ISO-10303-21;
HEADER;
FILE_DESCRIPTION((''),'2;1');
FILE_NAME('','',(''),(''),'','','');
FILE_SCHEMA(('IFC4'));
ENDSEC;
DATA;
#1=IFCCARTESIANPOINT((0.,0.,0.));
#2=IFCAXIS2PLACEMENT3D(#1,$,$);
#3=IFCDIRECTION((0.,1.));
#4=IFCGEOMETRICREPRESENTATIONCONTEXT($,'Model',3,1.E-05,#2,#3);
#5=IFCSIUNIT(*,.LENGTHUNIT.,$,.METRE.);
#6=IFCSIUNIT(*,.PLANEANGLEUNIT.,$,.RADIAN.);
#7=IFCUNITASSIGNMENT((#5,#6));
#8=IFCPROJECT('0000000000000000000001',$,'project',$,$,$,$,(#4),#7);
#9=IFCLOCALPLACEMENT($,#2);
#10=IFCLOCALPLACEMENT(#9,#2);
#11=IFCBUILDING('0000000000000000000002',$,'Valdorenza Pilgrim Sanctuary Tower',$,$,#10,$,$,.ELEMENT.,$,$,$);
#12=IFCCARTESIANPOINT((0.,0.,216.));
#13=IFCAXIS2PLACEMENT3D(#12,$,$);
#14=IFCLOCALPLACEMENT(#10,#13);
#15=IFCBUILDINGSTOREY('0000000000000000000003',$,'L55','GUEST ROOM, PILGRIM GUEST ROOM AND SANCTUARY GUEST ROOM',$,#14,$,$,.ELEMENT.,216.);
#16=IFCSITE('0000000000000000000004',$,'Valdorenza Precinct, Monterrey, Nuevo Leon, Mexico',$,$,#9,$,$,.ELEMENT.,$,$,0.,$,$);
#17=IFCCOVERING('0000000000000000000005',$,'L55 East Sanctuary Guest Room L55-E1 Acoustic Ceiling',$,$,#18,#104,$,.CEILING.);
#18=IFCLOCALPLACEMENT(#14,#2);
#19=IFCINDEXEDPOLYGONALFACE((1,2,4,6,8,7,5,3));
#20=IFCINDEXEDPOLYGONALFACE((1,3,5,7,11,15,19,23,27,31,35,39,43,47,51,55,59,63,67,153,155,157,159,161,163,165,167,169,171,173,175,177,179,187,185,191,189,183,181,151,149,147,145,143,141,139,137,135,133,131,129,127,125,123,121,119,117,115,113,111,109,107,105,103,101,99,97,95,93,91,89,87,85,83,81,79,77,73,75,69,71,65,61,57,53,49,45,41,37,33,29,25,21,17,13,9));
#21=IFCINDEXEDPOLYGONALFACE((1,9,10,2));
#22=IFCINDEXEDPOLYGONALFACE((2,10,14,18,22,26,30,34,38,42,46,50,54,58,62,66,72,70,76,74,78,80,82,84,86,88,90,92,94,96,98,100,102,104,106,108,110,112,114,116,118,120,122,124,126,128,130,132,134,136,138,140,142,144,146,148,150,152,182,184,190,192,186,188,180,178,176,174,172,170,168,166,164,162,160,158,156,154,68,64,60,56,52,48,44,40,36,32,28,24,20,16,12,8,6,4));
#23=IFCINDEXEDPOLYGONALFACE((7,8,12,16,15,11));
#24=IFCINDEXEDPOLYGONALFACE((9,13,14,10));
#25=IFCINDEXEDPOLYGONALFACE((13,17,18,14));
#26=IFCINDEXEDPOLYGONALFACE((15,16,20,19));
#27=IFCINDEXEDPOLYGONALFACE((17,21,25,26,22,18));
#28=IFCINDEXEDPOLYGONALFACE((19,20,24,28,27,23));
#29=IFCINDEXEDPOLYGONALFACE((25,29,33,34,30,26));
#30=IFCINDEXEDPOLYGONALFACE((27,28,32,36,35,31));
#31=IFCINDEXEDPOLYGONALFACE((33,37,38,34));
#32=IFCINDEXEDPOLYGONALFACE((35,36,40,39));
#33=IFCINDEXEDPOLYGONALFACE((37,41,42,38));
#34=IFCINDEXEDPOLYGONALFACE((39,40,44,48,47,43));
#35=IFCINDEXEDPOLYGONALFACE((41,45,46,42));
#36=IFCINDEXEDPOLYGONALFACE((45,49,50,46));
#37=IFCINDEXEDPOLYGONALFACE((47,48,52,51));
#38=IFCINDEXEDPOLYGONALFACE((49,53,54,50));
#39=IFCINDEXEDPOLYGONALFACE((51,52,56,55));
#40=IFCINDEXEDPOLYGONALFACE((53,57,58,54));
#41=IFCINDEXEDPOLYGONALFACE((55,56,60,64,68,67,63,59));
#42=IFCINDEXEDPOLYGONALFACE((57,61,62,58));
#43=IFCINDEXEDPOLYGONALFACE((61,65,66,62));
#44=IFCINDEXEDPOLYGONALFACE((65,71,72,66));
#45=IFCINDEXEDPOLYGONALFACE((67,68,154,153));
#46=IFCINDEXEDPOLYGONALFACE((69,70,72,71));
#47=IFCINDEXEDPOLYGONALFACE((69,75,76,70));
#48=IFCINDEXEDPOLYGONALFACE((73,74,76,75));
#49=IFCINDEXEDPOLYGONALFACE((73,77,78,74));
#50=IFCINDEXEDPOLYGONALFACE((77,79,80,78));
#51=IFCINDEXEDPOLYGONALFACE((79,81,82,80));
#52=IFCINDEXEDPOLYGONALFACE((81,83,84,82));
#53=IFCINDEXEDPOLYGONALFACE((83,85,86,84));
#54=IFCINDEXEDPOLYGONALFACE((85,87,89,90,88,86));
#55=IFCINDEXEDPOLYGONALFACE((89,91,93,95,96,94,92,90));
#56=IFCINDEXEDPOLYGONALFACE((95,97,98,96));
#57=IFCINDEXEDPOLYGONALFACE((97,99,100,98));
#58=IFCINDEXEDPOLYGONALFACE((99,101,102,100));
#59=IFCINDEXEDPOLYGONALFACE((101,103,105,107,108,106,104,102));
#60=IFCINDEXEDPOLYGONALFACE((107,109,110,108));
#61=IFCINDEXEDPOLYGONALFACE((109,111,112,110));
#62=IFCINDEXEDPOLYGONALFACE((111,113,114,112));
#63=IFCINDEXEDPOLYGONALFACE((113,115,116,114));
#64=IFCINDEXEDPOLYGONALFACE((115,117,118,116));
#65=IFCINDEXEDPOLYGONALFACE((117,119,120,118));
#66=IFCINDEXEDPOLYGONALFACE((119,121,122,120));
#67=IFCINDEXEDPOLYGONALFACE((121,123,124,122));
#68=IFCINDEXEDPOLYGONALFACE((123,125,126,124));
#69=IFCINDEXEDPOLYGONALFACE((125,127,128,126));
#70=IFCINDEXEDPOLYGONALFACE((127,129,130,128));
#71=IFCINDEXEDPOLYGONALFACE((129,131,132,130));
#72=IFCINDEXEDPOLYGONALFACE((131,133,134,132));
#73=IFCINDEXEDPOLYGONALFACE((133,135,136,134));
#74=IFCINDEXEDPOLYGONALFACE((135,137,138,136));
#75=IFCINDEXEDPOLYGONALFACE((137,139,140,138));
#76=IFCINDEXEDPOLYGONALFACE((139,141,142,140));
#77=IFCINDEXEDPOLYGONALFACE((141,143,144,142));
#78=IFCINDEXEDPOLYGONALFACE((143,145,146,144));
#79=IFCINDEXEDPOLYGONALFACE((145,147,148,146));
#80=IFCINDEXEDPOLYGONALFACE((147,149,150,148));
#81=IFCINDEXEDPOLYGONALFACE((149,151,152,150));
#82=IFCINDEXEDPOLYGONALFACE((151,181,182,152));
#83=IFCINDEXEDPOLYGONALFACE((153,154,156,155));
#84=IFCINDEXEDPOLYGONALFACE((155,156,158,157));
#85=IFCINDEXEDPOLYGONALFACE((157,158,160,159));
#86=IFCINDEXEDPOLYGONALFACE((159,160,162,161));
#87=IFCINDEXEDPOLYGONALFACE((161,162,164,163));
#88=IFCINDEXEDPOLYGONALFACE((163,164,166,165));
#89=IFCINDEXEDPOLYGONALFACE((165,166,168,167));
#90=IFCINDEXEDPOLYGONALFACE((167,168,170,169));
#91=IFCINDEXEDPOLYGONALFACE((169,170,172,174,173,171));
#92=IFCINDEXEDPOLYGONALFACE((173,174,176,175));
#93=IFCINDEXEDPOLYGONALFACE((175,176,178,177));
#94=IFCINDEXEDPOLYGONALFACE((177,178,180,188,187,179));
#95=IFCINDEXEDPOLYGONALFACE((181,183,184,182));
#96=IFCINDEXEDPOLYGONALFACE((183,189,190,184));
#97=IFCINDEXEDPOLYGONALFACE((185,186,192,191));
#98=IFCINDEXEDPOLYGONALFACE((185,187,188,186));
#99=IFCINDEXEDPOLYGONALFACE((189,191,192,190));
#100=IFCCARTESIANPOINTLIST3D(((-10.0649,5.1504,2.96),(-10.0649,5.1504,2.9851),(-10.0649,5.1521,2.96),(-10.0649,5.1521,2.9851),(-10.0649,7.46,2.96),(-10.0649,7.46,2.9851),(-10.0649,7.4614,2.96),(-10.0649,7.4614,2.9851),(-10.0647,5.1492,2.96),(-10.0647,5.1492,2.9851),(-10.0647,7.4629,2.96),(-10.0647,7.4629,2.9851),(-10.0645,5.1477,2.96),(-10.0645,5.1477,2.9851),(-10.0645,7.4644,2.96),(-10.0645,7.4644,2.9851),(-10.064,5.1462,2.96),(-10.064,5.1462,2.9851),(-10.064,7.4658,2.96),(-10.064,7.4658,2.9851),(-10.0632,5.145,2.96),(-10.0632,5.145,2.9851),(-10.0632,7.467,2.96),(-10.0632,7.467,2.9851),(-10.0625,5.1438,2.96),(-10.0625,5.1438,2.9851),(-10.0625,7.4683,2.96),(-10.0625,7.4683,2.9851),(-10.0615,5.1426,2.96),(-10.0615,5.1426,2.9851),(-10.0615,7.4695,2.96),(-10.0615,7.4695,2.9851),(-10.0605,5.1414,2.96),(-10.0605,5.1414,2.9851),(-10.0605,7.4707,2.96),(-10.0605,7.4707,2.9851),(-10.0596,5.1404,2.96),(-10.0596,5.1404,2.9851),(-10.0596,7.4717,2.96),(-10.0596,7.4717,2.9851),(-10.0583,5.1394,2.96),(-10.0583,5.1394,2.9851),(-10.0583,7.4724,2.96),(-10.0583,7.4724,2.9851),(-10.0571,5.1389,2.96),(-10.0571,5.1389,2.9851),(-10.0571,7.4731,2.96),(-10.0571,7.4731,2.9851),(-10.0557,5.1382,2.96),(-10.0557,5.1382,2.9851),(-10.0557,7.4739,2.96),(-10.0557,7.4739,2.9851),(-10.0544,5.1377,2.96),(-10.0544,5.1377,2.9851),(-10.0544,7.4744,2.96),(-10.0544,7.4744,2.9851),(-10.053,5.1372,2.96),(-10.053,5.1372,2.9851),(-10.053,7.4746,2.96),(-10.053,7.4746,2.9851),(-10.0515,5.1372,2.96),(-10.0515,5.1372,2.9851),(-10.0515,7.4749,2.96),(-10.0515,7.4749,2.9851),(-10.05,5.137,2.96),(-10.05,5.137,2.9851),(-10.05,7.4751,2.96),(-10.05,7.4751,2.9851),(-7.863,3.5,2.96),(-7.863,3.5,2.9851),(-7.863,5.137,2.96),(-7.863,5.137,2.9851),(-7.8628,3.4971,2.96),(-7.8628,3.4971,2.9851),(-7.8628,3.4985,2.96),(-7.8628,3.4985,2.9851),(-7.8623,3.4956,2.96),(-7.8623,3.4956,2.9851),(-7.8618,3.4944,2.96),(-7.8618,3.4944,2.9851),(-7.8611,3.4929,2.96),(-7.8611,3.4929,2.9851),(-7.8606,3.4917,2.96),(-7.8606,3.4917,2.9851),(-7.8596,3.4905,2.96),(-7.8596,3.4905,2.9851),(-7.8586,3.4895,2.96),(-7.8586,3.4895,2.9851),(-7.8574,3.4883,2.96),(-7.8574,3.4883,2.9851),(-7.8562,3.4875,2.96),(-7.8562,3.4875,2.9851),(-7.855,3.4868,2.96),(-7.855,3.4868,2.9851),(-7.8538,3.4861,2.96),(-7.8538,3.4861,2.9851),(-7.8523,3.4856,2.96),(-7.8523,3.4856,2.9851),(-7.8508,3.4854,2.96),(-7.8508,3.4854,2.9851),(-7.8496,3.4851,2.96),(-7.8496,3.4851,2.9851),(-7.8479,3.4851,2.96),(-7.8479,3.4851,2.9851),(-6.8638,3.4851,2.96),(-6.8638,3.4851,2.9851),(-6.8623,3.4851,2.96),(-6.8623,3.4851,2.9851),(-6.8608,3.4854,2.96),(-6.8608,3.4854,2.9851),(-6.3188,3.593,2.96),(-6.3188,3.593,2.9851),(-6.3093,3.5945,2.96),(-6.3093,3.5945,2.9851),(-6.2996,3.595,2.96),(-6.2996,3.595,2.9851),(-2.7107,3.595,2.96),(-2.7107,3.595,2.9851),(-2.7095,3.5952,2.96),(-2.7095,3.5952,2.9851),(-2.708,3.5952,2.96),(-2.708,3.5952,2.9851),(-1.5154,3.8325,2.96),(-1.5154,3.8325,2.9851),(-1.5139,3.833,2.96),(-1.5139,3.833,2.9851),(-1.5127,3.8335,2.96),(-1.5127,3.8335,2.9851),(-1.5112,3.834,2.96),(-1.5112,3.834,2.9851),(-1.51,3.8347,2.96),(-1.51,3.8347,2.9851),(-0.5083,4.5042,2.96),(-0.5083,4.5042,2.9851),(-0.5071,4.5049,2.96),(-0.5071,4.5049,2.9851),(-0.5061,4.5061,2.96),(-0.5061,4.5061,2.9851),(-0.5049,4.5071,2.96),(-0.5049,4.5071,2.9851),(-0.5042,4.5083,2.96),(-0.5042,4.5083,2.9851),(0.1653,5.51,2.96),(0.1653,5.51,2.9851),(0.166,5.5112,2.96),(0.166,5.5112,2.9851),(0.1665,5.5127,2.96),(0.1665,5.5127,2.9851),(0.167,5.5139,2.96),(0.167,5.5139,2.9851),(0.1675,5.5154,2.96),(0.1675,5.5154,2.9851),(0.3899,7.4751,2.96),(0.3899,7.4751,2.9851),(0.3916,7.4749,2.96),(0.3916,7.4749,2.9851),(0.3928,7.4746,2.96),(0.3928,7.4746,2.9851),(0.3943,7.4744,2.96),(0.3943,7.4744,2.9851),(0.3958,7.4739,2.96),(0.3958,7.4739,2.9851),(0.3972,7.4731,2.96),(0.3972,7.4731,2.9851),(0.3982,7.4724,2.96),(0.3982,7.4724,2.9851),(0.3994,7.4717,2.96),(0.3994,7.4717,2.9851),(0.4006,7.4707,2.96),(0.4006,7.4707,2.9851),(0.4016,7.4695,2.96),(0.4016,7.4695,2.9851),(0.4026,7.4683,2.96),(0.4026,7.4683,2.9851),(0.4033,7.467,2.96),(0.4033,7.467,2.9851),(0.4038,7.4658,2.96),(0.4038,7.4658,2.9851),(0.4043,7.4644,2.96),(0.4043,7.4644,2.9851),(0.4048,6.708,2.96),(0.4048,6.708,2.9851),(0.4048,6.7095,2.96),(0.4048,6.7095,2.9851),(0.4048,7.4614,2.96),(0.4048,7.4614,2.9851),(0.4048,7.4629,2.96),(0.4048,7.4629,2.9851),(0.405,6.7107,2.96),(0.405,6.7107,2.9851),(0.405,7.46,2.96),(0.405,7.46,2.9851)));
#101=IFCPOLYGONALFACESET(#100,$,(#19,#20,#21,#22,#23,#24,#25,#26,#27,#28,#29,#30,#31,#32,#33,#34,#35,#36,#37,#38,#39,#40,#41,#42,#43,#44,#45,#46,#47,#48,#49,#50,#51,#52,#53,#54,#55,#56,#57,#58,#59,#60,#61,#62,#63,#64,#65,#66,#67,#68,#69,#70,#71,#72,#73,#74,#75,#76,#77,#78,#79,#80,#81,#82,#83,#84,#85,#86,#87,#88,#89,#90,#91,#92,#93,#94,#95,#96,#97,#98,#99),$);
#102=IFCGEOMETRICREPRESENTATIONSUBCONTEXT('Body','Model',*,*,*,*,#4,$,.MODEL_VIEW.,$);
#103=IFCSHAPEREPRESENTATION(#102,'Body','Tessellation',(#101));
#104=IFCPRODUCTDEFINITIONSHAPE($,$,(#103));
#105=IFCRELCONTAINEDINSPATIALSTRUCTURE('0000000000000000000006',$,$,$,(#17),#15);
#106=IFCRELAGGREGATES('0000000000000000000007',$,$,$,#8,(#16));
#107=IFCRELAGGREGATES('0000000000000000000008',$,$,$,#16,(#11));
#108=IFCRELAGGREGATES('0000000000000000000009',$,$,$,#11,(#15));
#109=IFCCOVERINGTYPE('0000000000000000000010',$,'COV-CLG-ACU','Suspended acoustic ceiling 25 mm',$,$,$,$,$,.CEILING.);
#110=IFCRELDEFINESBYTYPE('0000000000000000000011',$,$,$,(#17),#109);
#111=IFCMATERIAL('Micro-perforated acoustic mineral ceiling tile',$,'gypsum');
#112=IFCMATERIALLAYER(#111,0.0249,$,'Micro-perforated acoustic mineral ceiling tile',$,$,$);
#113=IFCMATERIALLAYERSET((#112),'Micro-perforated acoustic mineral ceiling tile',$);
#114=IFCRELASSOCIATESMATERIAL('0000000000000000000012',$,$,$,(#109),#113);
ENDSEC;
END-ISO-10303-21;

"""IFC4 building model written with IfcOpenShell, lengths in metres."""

from ifc_helpers import new_model, si_unit, direction, frame, origin, place, context, subcontext, project, spatial, polyline, outline, extrude, material, layer, layer_set, type_object, element, save


model = new_model("IFC4")

# Units and contexts
model_context = context("Model", 3, precision=1e-05, world=origin(), true_north=direction((0.0, 1.0)))
body_context = subcontext(model_context, "Body", "Model", "MODEL_VIEW")
ifc_project = project(units=[si_unit("LENGTHUNIT", "METRE"), si_unit("PLANEANGLEUNIT", "RADIAN")], contexts=[model_context])

# Site, building, storey
site_placement = place(None, origin())
site = spatial("IfcSite", under=ifc_project, at=site_placement, Name="Valdorenza Precinct, Monterrey, Nuevo Leon, Mexico", CompositionType="ELEMENT", RefElevation=0.0)
building_placement = place(site_placement, origin())
building = spatial("IfcBuilding", under=site, at=building_placement, Name="Valdorenza Pilgrim Sanctuary Tower", CompositionType="ELEMENT")
storey_placement = place(building_placement, frame((0.0, 0.0, 216.0)))
storey = spatial("IfcBuildingStorey", under=building, at=storey_placement, Name="L55", Description="GUEST ROOM, PILGRIM GUEST ROOM AND SANCTUARY GUEST ROOM", CompositionType="ELEMENT", Elevation=216.0)

# Covering
ifc_material_1 = material(Name="Micro-perforated acoustic mineral ceiling tile", Category="gypsum")
ifc_layer_1 = layer(ifc_material_1, 0.0249, Name="Micro-perforated acoustic mineral ceiling tile")
ifc_layer_set_1 = layer_set([ifc_layer_1], Name="Micro-perforated acoustic mineral ceiling tile")
covering_type_1 = type_object("IfcCoveringType", Name="COV-CLG-ACU", Description="Suspended acoustic ceiling 25 mm", PredefinedType="CEILING", material=ifc_layer_set_1)
covering_1_placement = place(storey_placement, frame((0.0, 0.0, 2.96)))
element("IfcCovering", 1, at=covering_1_placement, inside=storey, type_object=covering_type_1, Name="L55 East Sanctuary Guest Room L55-E1 Acoustic Ceiling", PredefinedType="CEILING", context=body_context, shape_type="SweptSolid", body=[
    extrude(outline(polyline([(-7.863, 5.137), (-10.05, 5.137), (-10.0515, 5.1372), (-10.053, 5.1372), (-10.0544, 5.1377), (-10.0557, 5.1382), (-10.0571, 5.1389), (-10.0583, 5.1394), (-10.0596, 5.1404), (-10.0605, 5.1414), (-10.0615, 5.1426), (-10.0625, 5.1438), (-10.0632, 5.145), (-10.064, 5.1462), (-10.0645, 5.1477), (-10.0647, 5.1492), (-10.0649, 5.1504), (-10.0649, 5.1521), (-10.0649, 7.46), (-10.0649, 7.4614), (-10.0647, 7.4629), (-10.0645, 7.4644), (-10.064, 7.4658), (-10.0632, 7.467), (-10.0625, 7.4683), (-10.0615, 7.4695), (-10.0605, 7.4707), (-10.0596, 7.4717), (-10.0583, 7.4724), (-10.0571, 7.4731), (-10.0557, 7.4739), (-10.0544, 7.4744), (-10.053, 7.4746), (-10.0515, 7.4749), (-10.05, 7.4751), (0.3899, 7.4751), (0.3916, 7.4749), (0.3928, 7.4746), (0.3943, 7.4744), (0.3958, 7.4739), (0.3972, 7.4731), (0.3982, 7.4724), (0.3994, 7.4717), (0.4006, 7.4707), (0.4016, 7.4695), (0.4026, 7.4683), (0.4033, 7.467), (0.4038, 7.4658), (0.4043, 7.4644), (0.4048, 7.4629), (0.4048, 7.4614), (0.405, 7.46), (0.405, 6.7107), (0.4048, 6.7095), (0.4048, 6.708), (0.1675, 5.5154), (0.167, 5.5139), (0.1665, 5.5127), (0.166, 5.5112), (0.1653, 5.51), (-0.5042, 4.5083), (-0.5049, 4.5071), (-0.5061, 4.5061), (-0.5071, 4.5049), (-0.5083, 4.5042), (-1.51, 3.8347), (-1.5112, 3.834), (-1.5127, 3.8335), (-1.5139, 3.833), (-1.5154, 3.8325), (-2.708, 3.5952), (-2.7095, 3.5952), (-2.7107, 3.595), (-6.2996, 3.595), (-6.3093, 3.5945), (-6.3188, 3.593), (-6.8608, 3.4854), (-6.8623, 3.4851), (-6.8638, 3.4851), (-7.8479, 3.4851), (-7.8496, 3.4851), (-7.8508, 3.4854), (-7.8523, 3.4856), (-7.8538, 3.4861), (-7.855, 3.4868), (-7.8562, 3.4875), (-7.8574, 3.4883), (-7.8586, 3.4895), (-7.8596, 3.4905), (-7.8606, 3.4917), (-7.8611, 3.4929), (-7.8618, 3.4944), (-7.8623, 3.4956), (-7.8628, 3.4971), (-7.8628, 3.4985), (-7.863, 3.5), (-7.863, 5.137)])), origin(), (0.0, 0.0, 1.0), 0.0251),
])

save(model, "model.ifc")
